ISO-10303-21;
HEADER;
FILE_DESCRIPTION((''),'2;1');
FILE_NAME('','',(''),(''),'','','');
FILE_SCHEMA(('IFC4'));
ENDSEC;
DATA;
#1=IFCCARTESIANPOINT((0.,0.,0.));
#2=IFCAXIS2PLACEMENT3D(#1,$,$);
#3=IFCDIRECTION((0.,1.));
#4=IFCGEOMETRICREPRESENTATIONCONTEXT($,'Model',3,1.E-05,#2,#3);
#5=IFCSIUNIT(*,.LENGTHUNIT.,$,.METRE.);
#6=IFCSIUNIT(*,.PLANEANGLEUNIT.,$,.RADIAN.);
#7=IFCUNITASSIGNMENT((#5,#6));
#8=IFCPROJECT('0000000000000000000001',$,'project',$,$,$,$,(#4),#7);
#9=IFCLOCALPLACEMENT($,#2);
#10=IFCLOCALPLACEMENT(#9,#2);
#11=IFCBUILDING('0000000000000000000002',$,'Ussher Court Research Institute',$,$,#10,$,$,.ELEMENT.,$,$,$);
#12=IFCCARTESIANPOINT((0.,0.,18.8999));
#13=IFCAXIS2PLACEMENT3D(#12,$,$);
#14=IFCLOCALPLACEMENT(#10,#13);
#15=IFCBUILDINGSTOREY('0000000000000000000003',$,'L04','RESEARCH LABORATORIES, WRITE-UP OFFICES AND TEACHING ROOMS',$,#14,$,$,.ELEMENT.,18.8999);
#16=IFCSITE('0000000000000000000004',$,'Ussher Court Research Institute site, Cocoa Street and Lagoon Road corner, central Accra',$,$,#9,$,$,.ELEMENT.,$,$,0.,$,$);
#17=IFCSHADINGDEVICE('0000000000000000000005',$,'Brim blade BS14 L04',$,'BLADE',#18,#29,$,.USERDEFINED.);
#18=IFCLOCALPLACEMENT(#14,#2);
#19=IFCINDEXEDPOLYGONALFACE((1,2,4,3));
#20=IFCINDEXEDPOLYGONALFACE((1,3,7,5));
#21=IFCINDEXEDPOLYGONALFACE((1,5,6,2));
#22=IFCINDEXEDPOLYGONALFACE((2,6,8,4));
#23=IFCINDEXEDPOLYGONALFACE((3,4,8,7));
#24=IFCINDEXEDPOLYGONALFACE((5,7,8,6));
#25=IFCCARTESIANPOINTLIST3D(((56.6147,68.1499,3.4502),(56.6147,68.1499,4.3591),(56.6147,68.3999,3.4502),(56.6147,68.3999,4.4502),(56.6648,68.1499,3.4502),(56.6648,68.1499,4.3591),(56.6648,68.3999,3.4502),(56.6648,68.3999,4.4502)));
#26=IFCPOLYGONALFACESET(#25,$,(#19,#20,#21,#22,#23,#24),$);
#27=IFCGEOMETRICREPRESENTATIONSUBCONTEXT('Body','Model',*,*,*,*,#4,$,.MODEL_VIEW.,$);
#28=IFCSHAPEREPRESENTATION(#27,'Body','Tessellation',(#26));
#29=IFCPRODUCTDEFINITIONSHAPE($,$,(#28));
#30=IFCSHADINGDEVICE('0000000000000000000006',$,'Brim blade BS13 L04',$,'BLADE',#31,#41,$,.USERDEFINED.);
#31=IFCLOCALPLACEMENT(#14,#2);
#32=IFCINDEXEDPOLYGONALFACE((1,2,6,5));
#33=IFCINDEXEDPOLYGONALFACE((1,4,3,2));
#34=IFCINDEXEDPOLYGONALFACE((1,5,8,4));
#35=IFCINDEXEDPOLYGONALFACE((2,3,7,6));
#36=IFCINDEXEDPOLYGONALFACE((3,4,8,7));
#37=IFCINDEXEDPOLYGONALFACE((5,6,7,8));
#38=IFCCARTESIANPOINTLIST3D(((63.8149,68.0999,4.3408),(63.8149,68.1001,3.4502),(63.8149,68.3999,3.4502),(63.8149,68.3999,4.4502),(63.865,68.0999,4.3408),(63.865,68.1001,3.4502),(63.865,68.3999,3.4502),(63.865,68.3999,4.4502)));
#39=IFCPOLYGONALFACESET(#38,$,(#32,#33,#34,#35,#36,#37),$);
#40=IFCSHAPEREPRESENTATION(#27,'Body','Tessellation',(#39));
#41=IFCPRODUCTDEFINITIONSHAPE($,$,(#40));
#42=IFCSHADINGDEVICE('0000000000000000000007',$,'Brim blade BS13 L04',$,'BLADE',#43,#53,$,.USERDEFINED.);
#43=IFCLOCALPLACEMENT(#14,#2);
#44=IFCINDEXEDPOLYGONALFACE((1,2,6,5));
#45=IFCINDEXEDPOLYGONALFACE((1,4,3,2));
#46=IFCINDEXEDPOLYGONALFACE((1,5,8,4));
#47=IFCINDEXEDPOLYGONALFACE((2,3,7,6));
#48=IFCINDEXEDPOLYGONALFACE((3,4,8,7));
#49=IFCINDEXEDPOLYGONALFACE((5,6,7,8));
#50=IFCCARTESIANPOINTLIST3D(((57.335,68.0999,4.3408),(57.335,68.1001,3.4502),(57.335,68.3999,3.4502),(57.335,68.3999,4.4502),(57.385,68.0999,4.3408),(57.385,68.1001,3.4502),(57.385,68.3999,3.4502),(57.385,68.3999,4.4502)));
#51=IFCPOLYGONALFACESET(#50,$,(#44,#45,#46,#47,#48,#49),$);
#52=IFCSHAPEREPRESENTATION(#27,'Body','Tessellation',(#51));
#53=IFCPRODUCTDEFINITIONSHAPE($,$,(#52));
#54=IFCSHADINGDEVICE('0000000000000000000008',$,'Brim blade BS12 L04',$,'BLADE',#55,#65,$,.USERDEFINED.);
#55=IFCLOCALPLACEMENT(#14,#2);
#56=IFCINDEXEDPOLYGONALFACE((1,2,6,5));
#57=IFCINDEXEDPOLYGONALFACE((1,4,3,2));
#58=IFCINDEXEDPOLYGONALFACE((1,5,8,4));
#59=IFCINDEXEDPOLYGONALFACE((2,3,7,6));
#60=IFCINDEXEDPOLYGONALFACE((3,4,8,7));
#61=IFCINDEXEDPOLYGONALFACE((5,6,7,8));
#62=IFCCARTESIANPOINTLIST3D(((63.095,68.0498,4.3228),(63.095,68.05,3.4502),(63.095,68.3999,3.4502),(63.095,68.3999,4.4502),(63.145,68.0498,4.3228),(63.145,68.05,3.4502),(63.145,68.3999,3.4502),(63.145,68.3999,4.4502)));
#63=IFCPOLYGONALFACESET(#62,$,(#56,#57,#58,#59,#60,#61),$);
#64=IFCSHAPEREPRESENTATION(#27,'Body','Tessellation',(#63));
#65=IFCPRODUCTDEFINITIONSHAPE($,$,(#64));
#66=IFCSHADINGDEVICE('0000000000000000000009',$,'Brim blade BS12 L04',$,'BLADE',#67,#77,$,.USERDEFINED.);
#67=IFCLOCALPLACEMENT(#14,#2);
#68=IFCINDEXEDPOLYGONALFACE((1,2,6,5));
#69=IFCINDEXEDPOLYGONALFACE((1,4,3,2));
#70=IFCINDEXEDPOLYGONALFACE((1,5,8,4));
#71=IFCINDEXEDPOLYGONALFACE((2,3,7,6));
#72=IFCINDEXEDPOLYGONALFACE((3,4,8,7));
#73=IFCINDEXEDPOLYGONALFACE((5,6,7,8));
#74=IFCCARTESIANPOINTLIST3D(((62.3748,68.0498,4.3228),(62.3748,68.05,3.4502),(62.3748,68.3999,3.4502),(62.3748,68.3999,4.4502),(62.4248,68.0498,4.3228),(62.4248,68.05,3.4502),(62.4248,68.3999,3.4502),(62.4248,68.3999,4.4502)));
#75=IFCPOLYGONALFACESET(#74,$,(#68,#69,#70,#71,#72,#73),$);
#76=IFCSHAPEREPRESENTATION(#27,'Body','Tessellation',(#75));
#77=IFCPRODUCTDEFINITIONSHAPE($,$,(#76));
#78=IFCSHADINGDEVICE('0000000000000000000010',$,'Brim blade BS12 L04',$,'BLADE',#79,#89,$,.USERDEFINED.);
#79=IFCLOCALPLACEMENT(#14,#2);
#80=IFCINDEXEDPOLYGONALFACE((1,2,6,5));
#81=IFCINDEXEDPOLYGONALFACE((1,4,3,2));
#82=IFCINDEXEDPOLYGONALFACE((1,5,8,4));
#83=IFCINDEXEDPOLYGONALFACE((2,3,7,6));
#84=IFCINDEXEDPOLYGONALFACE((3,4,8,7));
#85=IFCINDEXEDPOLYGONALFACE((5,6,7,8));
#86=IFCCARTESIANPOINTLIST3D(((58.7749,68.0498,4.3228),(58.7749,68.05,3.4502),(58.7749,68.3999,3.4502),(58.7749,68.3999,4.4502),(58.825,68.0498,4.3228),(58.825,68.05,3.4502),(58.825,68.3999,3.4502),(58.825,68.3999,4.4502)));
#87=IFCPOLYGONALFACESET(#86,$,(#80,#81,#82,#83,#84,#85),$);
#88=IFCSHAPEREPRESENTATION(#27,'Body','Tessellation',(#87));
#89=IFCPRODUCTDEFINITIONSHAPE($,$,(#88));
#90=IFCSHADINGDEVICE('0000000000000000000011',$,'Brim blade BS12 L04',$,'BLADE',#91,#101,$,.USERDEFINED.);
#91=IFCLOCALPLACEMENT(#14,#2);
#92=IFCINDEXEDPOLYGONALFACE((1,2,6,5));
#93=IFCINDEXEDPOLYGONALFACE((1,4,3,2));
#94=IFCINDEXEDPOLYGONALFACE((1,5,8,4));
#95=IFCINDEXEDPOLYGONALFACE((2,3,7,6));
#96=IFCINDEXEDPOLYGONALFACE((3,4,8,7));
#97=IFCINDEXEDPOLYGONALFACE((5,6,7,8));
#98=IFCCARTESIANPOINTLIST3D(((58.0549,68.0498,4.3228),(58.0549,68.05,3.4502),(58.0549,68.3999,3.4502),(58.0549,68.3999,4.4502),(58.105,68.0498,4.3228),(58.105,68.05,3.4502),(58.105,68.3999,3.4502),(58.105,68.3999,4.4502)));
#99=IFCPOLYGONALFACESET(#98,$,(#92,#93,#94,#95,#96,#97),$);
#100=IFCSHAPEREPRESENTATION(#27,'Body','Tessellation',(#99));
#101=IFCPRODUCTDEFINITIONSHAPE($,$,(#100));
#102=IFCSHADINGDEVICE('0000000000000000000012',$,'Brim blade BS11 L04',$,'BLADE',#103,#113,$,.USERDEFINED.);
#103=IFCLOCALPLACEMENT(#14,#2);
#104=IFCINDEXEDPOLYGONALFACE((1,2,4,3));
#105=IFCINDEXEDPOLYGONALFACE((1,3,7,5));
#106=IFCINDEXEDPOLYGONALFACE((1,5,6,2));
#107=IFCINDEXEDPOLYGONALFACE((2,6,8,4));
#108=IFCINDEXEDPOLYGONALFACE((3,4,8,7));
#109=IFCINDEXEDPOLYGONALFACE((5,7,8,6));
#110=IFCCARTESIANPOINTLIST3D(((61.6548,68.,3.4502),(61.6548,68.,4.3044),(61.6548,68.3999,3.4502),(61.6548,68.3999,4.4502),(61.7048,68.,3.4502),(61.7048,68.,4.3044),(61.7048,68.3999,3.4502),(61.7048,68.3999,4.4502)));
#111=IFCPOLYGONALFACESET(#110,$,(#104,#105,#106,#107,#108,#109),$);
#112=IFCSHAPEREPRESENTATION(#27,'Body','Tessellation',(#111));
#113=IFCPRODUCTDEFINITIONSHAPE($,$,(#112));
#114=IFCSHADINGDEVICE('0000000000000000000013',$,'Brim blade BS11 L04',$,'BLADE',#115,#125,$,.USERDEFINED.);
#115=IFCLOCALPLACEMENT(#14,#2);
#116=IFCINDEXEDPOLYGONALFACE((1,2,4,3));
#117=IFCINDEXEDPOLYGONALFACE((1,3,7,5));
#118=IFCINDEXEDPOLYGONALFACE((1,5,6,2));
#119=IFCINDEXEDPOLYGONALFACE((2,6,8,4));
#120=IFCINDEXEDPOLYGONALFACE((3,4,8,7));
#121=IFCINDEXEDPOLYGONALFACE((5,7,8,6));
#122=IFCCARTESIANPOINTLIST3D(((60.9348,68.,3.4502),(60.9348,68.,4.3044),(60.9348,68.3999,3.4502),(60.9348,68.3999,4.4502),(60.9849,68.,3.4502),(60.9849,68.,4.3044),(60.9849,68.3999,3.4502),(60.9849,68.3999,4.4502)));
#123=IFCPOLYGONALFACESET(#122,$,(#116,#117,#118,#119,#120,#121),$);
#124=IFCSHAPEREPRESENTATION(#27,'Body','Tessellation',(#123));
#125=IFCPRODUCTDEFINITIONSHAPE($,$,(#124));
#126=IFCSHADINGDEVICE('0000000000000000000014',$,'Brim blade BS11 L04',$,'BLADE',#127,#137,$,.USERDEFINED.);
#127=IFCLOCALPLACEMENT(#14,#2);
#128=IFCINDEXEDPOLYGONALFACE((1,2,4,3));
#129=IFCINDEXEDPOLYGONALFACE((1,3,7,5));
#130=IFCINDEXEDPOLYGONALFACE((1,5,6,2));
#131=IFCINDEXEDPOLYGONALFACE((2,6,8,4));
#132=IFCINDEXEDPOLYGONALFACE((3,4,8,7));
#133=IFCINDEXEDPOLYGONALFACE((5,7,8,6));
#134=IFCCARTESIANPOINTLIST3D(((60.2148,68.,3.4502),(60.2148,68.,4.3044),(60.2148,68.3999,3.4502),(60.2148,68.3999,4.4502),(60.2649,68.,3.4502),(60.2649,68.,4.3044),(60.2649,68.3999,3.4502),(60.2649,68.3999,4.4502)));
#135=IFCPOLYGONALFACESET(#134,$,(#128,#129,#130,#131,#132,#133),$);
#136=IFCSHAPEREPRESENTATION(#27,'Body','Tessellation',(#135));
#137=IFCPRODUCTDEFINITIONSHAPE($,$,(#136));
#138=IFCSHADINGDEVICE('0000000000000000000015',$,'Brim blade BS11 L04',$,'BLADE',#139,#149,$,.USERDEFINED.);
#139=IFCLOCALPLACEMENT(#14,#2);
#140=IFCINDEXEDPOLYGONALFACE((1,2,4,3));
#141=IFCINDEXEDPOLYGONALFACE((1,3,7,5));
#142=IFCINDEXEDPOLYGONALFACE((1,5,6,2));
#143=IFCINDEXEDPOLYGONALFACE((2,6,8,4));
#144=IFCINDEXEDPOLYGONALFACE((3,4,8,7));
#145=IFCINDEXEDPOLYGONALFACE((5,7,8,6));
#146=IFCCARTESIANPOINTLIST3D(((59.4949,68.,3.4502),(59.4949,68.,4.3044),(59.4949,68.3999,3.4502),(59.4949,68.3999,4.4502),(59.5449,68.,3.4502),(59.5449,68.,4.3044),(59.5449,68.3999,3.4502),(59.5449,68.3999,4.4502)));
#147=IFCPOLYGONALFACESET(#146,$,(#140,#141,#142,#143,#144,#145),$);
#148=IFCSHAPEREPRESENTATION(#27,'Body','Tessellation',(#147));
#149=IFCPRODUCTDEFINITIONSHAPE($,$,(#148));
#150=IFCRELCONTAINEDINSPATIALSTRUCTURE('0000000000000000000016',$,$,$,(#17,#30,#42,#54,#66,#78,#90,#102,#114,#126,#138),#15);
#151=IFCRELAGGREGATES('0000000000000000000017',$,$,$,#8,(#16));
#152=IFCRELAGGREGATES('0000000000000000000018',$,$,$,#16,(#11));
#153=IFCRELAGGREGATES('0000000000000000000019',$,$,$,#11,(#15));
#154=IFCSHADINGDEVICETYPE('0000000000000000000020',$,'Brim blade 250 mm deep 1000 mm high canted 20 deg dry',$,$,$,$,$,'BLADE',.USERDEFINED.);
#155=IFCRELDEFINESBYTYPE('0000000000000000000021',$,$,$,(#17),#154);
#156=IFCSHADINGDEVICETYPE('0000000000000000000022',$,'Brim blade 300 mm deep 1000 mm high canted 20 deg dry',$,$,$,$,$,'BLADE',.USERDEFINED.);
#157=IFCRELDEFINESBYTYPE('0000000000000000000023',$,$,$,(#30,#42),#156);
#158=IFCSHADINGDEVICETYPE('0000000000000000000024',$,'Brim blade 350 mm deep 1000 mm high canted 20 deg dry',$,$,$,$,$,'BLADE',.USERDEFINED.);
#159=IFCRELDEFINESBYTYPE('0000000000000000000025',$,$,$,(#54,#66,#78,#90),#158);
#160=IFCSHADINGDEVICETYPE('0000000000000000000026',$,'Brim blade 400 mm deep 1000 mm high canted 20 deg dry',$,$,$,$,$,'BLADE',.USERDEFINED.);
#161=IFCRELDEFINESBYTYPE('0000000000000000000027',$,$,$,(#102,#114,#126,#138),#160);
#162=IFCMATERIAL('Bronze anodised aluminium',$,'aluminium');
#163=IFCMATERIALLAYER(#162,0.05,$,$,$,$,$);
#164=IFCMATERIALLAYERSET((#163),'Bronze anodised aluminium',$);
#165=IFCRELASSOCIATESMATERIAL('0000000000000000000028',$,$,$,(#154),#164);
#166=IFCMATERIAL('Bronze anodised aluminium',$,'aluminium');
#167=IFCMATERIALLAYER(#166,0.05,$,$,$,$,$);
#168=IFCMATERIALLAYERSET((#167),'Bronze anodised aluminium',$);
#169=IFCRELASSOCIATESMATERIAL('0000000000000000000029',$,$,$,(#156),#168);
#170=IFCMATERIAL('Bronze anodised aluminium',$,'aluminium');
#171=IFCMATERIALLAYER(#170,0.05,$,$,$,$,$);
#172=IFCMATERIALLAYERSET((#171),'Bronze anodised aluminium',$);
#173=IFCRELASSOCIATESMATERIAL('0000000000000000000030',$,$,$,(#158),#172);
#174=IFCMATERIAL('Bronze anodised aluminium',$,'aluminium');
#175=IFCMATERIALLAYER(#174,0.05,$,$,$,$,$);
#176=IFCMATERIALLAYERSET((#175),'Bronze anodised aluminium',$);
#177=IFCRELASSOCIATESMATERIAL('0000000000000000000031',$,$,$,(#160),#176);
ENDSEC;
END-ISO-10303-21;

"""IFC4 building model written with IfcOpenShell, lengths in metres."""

from ifc_helpers import new_model, si_unit, direction, frame, origin, place, context, subcontext, project, spatial, polyline, outline, extrude, material, layer, layer_set, type_object, element, save


model = new_model("IFC4")

# Units and contexts
model_context = context("Model", 3, precision=1e-05, world=origin(), true_north=direction((0.0, 1.0)))
body_context = subcontext(model_context, "Body", "Model", "MODEL_VIEW")
ifc_project = project(units=[si_unit("LENGTHUNIT", "METRE"), si_unit("PLANEANGLEUNIT", "RADIAN")], contexts=[model_context])

# Site, building, storey
site_placement = place(None, origin())
site = spatial("IfcSite", under=ifc_project, at=site_placement, Name="Ussher Court Research Institute site, Cocoa Street and Lagoon Road corner, central Accra", CompositionType="ELEMENT", RefElevation=0.0)
building_placement = place(site_placement, origin())
building = spatial("IfcBuilding", under=site, at=building_placement, Name="Ussher Court Research Institute", CompositionType="ELEMENT")
storey_placement = place(building_placement, frame((0.0, 0.0, 18.8999)))
storey = spatial("IfcBuildingStorey", under=building, at=storey_placement, Name="L04", Description="RESEARCH LABORATORIES, WRITE-UP OFFICES AND TEACHING ROOMS", CompositionType="ELEMENT", Elevation=18.8999)

# Shading devices
ifc_material_1 = material(Name="Bronze anodised aluminium", Category="aluminium")
ifc_layer_1 = layer(ifc_material_1, 0.05)
ifc_layer_set_1 = layer_set([ifc_layer_1], Name="Bronze anodised aluminium")
shading_device_type_1 = type_object("IfcShadingDeviceType", Name="Brim blade 250 mm deep 1000 mm high canted 20 deg dry", ElementType="BLADE", PredefinedType="USERDEFINED", material=ifc_layer_set_1)
shading_device_1_placement = place(storey_placement, frame((56.6399, 68.3999, 3.4502), z_axis=(0.0, 0.0, 1.0), x_axis=(0.0, -1.0, 0.0)))
element("IfcShadingDevice", 1, at=shading_device_1_placement, inside=storey, type_object=shading_device_type_1, Name="Brim blade BS14 L04", ObjectType="BLADE", PredefinedType="USERDEFINED", context=body_context, shape_type="SweptSolid", body=[
    extrude(outline(polyline([(0.0, 0.0), (0.25, 0.0), (0.25, 0.9089), (0.0, 1.0), (0.0, 0.0)])), frame((0.0, 0.0249, 0.0), z_axis=(0.0, -1.0, 0.0), x_axis=(1.0, 0.0, 0.0)), (0.0, 0.0, 1.0), 0.05),
])
ifc_material_2 = material(Name="Bronze anodised aluminium", Category="aluminium")
ifc_layer_2 = layer(ifc_material_2, 0.05)
ifc_layer_set_2 = layer_set([ifc_layer_2], Name="Bronze anodised aluminium")
shading_device_type_2 = type_object("IfcShadingDeviceType", Name="Brim blade 300 mm deep 1000 mm high canted 20 deg dry", ElementType="BLADE", PredefinedType="USERDEFINED", material=ifc_layer_set_2)
for number, where, z_axis, x_axis, name in (
    (2, (63.8401, 68.3999, 3.4502), (0.0, 0.0, 1.0), (0.0, -1.0, 0.0), "Brim blade BS13 L04"),
    (3, (57.3601, 68.3999, 3.4502), (0.0, 0.0, 1.0), (0.0, -1.0, 0.0), "Brim blade BS13 L04"),
):
    element("IfcShadingDevice", number, at=place(storey_placement, frame(where, z_axis=z_axis, x_axis=x_axis)), inside=storey, type_object=shading_device_type_2, Name=name, ObjectType="BLADE", PredefinedType="USERDEFINED", context=body_context, shape_type="SweptSolid", body=[
        extrude(outline(polyline([(0.0, 0.0), (0.2998, 0.0), (0.3, 0.8906), (0.0, 1.0), (0.0, 0.0)])), frame((0.0, 0.0249, 0.0), z_axis=(0.0, -1.0, 0.0), x_axis=(1.0, 0.0, 0.0)), (0.0, 0.0, 1.0), 0.05),
    ])
ifc_material_3 = material(Name="Bronze anodised aluminium", Category="aluminium")
ifc_layer_3 = layer(ifc_material_3, 0.05)
ifc_layer_set_3 = layer_set([ifc_layer_3], Name="Bronze anodised aluminium")
shading_device_type_3 = type_object("IfcShadingDeviceType", Name="Brim blade 350 mm deep 1000 mm high canted 20 deg dry", ElementType="BLADE", PredefinedType="USERDEFINED", material=ifc_layer_set_3)
for number, where, z_axis, x_axis, name in (
    (4, (63.1201, 68.3999, 3.4502), (0.0, 0.0, 1.0), (0.0, -1.0, 0.0), "Brim blade BS12 L04"),
    (5, (62.3999, 68.3999, 3.4502), (0.0, 0.0, 1.0), (0.0, -1.0, 0.0), "Brim blade BS12 L04"),
    (6, (58.8, 68.3999, 3.4502), (0.0, 0.0, 1.0), (0.0, -1.0, 0.0), "Brim blade BS12 L04"),
    (7, (58.0801, 68.3999, 3.4502), (0.0, 0.0, 1.0), (0.0, -1.0, 0.0), "Brim blade BS12 L04"),
):
    element("IfcShadingDevice", number, at=place(storey_placement, frame(where, z_axis=z_axis, x_axis=x_axis)), inside=storey, type_object=shading_device_type_3, Name=name, ObjectType="BLADE", PredefinedType="USERDEFINED", context=body_context, shape_type="SweptSolid", body=[
        extrude(outline(polyline([(0.0, 0.0), (0.3499, 0.0), (0.3501, 0.8726), (0.0, 1.0), (0.0, 0.0)])), frame((0.0, 0.0249, 0.0), z_axis=(0.0, -1.0, 0.0), x_axis=(1.0, 0.0, 0.0)), (0.0, 0.0, 1.0), 0.05),
    ])
ifc_material_4 = material(Name="Bronze anodised aluminium", Category="aluminium")
ifc_layer_4 = layer(ifc_material_4, 0.05)
ifc_layer_set_4 = layer_set([ifc_layer_4], Name="Bronze anodised aluminium")
shading_device_type_4 = type_object("IfcShadingDeviceType", Name="Brim blade 400 mm deep 1000 mm high canted 20 deg dry", ElementType="BLADE", PredefinedType="USERDEFINED", material=ifc_layer_set_4)
for number, where, z_axis, x_axis, name in (
    (8, (61.6799, 68.3999, 3.4502), (0.0, 0.0, 1.0), (0.0, -1.0, 0.0), "Brim blade BS11 L04"),
    (9, (60.96, 68.3999, 3.4502), (0.0, 0.0, 1.0), (0.0, -1.0, 0.0), "Brim blade BS11 L04"),
    (10, (60.24, 68.3999, 3.4502), (0.0, 0.0, 1.0), (0.0, -1.0, 0.0), "Brim blade BS11 L04"),
    (11, (59.52, 68.3999, 3.4502), (0.0, 0.0, 1.0), (0.0, -1.0, 0.0), "Brim blade BS11 L04"),
):
    element("IfcShadingDevice", number, at=place(storey_placement, frame(where, z_axis=z_axis, x_axis=x_axis)), inside=storey, type_object=shading_device_type_4, Name=name, ObjectType="BLADE", PredefinedType="USERDEFINED", context=body_context, shape_type="SweptSolid", body=[
        extrude(outline(polyline([(0.0, 0.0), (0.3999, 0.0), (0.3999, 0.8542), (0.0, 1.0), (0.0, 0.0)])), frame((0.0, 0.0249, 0.0), z_axis=(0.0, -1.0, 0.0), x_axis=(1.0, 0.0, 0.0)), (0.0, 0.0, 1.0), 0.05),
    ])

save(model, "model.ifc")
